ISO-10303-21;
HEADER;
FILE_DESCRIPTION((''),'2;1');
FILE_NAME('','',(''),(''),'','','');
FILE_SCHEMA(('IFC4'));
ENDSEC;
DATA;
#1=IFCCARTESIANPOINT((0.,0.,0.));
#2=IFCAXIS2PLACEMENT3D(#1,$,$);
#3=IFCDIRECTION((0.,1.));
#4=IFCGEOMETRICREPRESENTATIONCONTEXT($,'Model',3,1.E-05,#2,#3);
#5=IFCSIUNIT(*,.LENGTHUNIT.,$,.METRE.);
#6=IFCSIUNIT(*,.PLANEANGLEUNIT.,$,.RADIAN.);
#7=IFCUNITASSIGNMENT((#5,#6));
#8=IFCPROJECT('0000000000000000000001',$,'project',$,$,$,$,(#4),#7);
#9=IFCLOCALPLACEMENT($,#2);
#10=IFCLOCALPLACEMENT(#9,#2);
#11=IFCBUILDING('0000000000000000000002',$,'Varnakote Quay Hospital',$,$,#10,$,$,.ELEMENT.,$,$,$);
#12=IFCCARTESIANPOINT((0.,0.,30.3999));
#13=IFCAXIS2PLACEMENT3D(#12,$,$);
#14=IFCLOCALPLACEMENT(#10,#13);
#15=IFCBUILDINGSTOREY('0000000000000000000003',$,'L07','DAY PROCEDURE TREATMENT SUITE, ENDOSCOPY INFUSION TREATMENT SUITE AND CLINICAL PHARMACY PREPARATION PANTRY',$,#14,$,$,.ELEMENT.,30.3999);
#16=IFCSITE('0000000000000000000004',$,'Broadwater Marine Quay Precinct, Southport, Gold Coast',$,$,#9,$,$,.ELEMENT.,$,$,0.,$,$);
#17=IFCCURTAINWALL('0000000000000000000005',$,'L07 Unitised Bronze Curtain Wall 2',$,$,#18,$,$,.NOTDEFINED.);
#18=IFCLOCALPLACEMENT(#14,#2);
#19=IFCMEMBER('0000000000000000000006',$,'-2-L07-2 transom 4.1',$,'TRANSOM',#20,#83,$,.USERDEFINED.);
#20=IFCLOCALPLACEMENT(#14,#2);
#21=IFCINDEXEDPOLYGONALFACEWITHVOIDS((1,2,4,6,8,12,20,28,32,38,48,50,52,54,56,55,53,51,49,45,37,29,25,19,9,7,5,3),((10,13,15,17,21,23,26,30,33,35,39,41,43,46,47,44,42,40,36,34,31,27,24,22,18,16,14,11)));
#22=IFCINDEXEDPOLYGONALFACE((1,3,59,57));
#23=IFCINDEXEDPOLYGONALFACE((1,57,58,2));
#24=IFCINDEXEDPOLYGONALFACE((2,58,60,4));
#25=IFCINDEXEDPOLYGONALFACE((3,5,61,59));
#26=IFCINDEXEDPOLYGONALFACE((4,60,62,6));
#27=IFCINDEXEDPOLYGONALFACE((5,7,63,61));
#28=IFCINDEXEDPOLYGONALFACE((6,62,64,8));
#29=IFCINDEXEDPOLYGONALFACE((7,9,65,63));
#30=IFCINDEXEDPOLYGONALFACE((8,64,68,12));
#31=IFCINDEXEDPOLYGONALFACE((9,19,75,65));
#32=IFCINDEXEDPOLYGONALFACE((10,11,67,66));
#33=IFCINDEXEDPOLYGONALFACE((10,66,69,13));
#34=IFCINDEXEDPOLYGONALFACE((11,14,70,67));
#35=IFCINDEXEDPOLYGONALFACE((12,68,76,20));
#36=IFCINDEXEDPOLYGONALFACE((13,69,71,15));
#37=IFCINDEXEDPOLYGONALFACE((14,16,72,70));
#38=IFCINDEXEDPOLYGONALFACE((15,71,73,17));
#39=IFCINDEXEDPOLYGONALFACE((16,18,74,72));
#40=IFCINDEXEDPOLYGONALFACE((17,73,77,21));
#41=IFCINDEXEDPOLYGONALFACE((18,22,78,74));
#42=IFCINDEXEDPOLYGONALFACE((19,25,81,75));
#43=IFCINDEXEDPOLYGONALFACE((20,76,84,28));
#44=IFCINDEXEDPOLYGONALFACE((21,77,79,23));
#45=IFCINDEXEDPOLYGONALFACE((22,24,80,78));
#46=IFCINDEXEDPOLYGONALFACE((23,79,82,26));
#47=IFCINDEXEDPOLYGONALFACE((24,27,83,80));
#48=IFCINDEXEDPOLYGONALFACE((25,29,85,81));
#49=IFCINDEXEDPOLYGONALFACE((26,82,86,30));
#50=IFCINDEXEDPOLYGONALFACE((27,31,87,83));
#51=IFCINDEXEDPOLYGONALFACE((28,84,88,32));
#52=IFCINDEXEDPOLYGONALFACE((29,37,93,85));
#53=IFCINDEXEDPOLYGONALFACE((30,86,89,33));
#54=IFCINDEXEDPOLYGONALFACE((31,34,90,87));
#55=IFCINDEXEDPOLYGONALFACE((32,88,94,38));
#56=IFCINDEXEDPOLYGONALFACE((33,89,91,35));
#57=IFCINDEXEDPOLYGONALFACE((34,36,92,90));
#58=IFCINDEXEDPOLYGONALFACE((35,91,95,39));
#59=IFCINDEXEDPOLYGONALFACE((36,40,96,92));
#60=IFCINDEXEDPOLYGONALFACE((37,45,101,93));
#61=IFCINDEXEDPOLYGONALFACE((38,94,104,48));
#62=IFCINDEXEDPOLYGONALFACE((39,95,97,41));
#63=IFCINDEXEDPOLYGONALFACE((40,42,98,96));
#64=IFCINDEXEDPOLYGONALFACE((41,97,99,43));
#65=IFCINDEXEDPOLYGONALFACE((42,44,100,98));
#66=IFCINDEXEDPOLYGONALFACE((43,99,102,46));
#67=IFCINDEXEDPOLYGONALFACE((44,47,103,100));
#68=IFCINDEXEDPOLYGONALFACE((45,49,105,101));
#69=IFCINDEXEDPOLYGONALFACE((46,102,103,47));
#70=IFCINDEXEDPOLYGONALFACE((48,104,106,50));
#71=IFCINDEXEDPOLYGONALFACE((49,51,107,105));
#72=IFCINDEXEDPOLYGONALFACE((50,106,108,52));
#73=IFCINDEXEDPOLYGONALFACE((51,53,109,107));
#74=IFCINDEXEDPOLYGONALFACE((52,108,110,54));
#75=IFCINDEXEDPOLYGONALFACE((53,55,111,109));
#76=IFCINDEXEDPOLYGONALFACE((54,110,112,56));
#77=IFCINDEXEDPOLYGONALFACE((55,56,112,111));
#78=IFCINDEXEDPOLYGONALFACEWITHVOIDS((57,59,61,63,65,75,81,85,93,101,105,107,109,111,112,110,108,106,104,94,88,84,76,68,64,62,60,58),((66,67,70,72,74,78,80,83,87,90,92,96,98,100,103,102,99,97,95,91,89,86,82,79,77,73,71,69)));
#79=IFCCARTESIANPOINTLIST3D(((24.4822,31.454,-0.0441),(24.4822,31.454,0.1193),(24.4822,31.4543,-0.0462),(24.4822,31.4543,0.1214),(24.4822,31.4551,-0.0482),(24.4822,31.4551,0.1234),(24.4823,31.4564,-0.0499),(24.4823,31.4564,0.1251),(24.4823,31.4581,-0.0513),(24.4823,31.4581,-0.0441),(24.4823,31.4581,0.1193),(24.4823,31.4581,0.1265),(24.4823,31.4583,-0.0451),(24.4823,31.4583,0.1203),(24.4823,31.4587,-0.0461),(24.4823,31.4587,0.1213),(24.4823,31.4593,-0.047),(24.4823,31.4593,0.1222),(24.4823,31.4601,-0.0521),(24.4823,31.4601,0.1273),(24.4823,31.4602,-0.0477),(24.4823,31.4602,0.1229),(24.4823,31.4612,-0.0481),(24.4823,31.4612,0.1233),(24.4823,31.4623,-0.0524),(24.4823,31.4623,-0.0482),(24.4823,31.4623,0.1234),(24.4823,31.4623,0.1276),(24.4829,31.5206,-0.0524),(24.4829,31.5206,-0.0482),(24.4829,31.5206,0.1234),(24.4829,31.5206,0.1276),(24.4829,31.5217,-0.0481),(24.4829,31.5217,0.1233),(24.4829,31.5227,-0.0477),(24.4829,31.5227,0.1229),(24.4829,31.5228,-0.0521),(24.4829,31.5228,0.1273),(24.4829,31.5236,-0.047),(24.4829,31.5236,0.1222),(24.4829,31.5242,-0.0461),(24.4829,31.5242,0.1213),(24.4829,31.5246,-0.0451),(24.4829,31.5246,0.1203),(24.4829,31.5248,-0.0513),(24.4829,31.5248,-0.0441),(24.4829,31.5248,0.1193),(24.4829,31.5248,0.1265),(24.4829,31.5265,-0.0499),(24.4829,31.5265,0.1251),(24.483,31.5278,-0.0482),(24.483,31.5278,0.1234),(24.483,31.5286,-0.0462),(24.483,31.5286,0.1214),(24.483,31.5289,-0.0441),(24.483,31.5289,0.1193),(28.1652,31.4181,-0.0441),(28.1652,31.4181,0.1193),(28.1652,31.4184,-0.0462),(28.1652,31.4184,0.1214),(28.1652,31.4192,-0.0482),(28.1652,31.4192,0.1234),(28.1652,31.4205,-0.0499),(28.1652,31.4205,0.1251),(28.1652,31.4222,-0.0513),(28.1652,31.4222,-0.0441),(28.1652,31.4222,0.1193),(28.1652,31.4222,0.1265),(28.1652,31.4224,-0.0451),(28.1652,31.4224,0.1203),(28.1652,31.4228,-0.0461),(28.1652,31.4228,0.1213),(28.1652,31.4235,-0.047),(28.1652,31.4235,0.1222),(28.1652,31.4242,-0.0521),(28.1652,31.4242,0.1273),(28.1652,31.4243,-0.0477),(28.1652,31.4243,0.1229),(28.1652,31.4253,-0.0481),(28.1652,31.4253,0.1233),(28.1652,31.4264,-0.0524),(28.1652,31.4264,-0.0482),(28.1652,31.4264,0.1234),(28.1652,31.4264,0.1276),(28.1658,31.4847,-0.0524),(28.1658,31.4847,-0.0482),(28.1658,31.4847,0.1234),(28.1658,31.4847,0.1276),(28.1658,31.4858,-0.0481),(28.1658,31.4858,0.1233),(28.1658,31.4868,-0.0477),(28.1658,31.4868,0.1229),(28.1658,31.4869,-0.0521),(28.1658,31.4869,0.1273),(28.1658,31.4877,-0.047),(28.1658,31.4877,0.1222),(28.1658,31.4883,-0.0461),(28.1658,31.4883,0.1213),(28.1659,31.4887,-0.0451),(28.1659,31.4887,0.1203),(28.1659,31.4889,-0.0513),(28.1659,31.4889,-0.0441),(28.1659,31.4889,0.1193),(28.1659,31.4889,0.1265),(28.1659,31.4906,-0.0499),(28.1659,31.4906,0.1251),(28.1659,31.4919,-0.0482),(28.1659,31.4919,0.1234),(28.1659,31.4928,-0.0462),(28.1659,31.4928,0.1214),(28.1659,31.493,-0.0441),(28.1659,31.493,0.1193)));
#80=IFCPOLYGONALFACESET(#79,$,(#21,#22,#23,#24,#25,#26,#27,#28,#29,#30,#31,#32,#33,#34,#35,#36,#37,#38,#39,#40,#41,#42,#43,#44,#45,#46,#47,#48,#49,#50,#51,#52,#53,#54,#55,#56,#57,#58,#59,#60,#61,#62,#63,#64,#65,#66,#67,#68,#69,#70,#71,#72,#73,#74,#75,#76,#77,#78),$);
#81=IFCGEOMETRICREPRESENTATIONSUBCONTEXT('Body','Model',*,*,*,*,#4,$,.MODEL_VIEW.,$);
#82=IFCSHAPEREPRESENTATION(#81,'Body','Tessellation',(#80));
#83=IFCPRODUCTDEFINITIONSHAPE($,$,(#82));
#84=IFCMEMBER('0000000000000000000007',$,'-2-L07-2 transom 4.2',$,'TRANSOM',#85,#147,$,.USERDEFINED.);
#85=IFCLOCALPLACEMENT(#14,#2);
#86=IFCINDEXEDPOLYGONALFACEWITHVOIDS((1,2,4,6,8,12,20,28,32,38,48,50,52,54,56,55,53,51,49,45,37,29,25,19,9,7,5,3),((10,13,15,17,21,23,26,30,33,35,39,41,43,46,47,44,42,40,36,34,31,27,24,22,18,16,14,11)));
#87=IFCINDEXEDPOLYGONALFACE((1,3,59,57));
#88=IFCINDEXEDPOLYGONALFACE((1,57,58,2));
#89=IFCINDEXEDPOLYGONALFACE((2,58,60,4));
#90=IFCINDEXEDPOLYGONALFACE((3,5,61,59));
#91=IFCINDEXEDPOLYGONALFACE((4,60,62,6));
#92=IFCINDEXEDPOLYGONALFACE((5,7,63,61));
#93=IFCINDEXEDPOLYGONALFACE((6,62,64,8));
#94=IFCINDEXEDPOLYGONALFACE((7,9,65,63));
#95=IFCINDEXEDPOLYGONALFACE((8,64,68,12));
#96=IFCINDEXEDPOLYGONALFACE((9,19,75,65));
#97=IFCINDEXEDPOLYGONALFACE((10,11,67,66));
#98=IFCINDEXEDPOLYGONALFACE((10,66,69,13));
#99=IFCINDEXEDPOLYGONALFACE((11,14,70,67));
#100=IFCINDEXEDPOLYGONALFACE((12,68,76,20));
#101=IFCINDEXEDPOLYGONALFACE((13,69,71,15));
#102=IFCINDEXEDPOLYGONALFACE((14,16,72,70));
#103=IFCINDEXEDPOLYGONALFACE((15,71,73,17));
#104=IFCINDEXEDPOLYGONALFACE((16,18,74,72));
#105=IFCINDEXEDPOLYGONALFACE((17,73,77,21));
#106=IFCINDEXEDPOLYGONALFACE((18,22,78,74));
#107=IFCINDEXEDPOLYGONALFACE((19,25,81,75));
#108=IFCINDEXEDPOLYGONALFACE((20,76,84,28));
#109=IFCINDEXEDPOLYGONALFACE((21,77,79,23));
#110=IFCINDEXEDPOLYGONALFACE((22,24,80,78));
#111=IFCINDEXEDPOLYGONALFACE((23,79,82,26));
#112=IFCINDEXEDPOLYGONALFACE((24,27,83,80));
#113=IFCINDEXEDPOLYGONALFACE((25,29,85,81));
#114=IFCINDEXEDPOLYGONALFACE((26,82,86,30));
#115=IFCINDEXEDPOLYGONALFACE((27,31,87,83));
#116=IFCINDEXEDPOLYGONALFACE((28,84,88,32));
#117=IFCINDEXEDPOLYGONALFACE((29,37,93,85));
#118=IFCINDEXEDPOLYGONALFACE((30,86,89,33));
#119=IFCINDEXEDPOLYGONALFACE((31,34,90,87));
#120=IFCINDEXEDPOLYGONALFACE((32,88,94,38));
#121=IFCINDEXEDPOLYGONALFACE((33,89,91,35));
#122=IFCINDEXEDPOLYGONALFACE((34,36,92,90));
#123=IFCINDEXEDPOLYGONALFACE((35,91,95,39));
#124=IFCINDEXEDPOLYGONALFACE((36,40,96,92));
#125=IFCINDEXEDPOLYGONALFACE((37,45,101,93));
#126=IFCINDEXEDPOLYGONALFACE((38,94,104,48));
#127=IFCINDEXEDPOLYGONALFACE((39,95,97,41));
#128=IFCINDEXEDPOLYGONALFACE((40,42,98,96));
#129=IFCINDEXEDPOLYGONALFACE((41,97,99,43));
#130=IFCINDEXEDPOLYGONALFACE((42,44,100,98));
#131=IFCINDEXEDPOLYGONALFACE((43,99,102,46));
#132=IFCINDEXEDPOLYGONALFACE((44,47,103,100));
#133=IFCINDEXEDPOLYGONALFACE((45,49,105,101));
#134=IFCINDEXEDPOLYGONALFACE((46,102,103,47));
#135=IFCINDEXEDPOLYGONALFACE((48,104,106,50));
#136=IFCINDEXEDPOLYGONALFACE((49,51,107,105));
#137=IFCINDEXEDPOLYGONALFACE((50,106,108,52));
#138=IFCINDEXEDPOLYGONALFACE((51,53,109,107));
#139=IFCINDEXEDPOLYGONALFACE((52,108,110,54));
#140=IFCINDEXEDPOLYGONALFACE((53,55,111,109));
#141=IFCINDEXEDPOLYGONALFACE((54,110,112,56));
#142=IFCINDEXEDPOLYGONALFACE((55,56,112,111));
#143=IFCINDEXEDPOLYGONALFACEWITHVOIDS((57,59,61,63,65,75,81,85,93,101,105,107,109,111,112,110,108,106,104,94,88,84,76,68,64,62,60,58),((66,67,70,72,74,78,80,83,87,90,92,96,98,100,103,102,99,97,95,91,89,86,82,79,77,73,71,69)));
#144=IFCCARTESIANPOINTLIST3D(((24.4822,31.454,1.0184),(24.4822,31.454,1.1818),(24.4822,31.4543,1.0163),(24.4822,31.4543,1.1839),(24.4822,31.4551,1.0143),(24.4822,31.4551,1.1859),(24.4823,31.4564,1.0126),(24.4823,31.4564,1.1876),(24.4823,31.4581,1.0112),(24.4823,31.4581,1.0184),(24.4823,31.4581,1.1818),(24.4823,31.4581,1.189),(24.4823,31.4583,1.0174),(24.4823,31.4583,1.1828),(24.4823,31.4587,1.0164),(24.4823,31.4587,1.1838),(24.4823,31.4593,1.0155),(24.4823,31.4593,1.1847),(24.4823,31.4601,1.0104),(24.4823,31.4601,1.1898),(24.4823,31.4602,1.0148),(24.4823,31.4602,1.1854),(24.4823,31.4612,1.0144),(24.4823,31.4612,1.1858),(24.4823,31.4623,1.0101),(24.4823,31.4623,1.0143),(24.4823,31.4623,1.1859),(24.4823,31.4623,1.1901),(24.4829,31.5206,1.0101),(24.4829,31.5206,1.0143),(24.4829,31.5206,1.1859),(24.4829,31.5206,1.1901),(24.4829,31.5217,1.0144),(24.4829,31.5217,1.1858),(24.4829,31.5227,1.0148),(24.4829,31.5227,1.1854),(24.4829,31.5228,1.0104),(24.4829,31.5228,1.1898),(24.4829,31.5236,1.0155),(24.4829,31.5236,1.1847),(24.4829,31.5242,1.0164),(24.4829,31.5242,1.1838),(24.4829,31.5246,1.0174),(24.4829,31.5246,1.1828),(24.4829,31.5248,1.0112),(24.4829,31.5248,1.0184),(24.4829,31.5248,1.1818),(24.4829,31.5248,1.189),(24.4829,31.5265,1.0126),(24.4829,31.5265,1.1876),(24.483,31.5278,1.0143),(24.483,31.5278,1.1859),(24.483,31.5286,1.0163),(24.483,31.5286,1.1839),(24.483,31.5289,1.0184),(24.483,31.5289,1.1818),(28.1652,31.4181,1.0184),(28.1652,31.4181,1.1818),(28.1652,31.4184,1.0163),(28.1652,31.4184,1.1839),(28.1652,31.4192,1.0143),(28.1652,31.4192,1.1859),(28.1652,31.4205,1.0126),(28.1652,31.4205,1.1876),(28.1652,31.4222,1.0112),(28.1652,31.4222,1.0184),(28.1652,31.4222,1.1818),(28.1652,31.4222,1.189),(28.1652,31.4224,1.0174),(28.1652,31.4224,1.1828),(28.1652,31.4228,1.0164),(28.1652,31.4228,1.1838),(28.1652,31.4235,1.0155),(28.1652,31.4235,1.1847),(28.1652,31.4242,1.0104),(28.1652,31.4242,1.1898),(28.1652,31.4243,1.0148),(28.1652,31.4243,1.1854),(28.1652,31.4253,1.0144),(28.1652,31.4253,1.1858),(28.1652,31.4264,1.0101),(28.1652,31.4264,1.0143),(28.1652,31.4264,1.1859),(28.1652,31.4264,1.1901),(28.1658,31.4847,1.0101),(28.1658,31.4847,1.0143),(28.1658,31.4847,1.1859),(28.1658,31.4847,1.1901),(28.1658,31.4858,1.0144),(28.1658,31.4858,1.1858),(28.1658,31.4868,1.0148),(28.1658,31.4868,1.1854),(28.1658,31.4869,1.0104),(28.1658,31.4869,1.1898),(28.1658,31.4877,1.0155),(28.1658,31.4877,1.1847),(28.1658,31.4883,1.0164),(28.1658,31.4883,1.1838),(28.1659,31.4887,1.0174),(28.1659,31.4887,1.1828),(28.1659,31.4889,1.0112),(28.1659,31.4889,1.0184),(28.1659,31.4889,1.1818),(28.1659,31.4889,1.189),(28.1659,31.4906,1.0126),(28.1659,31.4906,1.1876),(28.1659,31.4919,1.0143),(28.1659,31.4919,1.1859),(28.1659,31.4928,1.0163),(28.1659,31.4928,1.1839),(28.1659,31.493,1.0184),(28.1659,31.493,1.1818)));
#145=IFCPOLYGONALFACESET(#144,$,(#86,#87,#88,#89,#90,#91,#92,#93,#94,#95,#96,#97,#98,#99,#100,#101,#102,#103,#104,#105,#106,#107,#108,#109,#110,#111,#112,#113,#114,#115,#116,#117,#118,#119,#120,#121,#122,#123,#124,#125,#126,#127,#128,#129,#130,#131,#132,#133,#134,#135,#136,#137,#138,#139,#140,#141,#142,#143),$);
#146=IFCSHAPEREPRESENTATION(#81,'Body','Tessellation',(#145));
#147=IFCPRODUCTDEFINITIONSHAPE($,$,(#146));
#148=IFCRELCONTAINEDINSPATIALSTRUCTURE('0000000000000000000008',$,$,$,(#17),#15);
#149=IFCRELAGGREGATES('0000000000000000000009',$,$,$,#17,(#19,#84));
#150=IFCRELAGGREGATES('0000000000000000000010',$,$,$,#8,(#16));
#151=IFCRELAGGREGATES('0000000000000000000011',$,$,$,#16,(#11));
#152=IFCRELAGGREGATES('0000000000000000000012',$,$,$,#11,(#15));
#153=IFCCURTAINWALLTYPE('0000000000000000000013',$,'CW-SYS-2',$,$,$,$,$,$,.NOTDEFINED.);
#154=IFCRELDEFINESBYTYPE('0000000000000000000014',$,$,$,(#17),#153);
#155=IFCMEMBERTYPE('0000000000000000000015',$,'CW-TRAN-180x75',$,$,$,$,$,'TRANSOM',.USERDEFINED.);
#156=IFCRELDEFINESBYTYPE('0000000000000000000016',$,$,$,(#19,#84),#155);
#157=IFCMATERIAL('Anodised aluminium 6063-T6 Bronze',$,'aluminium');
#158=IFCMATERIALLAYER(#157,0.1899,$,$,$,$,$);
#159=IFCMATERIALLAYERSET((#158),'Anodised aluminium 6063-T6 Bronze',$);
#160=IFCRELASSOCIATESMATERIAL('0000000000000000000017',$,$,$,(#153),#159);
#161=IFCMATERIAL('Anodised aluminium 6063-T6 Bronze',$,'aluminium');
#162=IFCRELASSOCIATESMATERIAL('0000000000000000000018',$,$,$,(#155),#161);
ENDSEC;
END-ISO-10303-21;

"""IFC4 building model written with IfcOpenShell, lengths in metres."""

from ifc_helpers import new_model, si_unit, direction, frame, origin, origin_2d, place, context, subcontext, project, spatial, hollow_rectangle, extrude, material, layer, layer_set, material_profile, profile_set, type_object, element, aggregate, save


model = new_model("IFC4")

# Units and contexts
model_context = context("Model", 3, precision=1e-05, world=origin(), true_north=direction((0.0, 1.0)))
body_context = subcontext(model_context, "Body", "Model", "MODEL_VIEW")
ifc_project = project(units=[si_unit("LENGTHUNIT", "METRE"), si_unit("PLANEANGLEUNIT", "RADIAN")], contexts=[model_context])

# Site, building, storey
site_placement = place(None, origin())
site = spatial("IfcSite", under=ifc_project, at=site_placement, Name="Broadwater Marine Quay Precinct, Southport, Gold Coast", CompositionType="ELEMENT", RefElevation=0.0)
building_placement = place(site_placement, origin())
building = spatial("IfcBuilding", under=site, at=building_placement, Name="Varnakote Quay Hospital", CompositionType="ELEMENT")
storey_placement = place(building_placement, frame((0.0, 0.0, 30.3999)))
storey = spatial("IfcBuildingStorey", under=building, at=storey_placement, Name="L07", Description="DAY PROCEDURE TREATMENT SUITE, ENDOSCOPY INFUSION TREATMENT SUITE AND CLINICAL PHARMACY PREPARATION PANTRY", CompositionType="ELEMENT", Elevation=30.3999)

# Shared definitions
ifc_material_1 = material(Name="Anodised aluminium 6063-T6 Bronze", Category="aluminium")
ifc_layer_1 = layer(ifc_material_1, 0.1899)
ifc_layer_set_1 = layer_set([ifc_layer_1], Name="Anodised aluminium 6063-T6 Bronze")
curtain_wall_type = type_object("IfcCurtainWallType", Name="CW-SYS-2", PredefinedType="NOTDEFINED", material=ifc_layer_set_1)

# Curtain wall, members
curtain_wall_1_placement = place(storey_placement, origin())
curtain_wall_1 = element("IfcCurtainWall", 1, at=curtain_wall_1_placement, inside=storey, type_object=curtain_wall_type, Name="L07 Unitised Bronze Curtain Wall 2", PredefinedType="NOTDEFINED")
ifc_material_2 = material(Name="Anodised aluminium 6063-T6 Bronze", Category="aluminium")
ifc_material_profile_1 = material_profile(ifc_material_2, hollow_rectangle(XDim=0.075, YDim=0.1799, WallThickness=0.0042, InnerFilletRadius=0.0042, OuterFilletRadius=0.0083, at=origin_2d()), Name="CW-TRAN-180x75")
ifc_profile_set_1 = profile_set([ifc_material_profile_1], Name="Anodised aluminium 6063-T6 Bronze")
member_type_1 = type_object("IfcMemberType", Name="CW-TRAN-180x75", ElementType="TRANSOM", PredefinedType="USERDEFINED", material=ifc_profile_set_1)
member_1_placement = place(storey_placement, frame((28.1655, 31.4556, 0.0376), z_axis=(-0.999953, 0.009744, 0.0), x_axis=(-0.009744, -0.999953, 0.0)))
member_1 = element("IfcMember", 2, at=member_1_placement, type_object=member_type_1, Name="-2-L07-2 transom 4.1", ObjectType="TRANSOM", PredefinedType="USERDEFINED", context=body_context, shape_type="SweptSolid", body=[
    extrude(hollow_rectangle(XDim=0.075, YDim=0.1799, WallThickness=0.0042, InnerFilletRadius=0.0042, OuterFilletRadius=0.0083, at=origin_2d()), origin(), (0.0, 0.0, 1.0), 3.6831),
])
member_2_placement = place(storey_placement, frame((28.1655, 31.4556, 1.1001), z_axis=(-0.999953, 0.009744, 0.0), x_axis=(-0.009744, -0.999953, 0.0)))
member_2 = element("IfcMember", 3, at=member_2_placement, type_object=member_type_1, Name="-2-L07-2 transom 4.2", ObjectType="TRANSOM", PredefinedType="USERDEFINED", context=body_context, shape_type="SweptSolid", body=[
    extrude(hollow_rectangle(XDim=0.075, YDim=0.1799, WallThickness=0.0042, InnerFilletRadius=0.0042, OuterFilletRadius=0.0083, at=origin_2d()), origin(), (0.0, 0.0, 1.0), 3.6831),
])

aggregate(curtain_wall_1, [member_1, member_2])

save(model, "model.ifc")
